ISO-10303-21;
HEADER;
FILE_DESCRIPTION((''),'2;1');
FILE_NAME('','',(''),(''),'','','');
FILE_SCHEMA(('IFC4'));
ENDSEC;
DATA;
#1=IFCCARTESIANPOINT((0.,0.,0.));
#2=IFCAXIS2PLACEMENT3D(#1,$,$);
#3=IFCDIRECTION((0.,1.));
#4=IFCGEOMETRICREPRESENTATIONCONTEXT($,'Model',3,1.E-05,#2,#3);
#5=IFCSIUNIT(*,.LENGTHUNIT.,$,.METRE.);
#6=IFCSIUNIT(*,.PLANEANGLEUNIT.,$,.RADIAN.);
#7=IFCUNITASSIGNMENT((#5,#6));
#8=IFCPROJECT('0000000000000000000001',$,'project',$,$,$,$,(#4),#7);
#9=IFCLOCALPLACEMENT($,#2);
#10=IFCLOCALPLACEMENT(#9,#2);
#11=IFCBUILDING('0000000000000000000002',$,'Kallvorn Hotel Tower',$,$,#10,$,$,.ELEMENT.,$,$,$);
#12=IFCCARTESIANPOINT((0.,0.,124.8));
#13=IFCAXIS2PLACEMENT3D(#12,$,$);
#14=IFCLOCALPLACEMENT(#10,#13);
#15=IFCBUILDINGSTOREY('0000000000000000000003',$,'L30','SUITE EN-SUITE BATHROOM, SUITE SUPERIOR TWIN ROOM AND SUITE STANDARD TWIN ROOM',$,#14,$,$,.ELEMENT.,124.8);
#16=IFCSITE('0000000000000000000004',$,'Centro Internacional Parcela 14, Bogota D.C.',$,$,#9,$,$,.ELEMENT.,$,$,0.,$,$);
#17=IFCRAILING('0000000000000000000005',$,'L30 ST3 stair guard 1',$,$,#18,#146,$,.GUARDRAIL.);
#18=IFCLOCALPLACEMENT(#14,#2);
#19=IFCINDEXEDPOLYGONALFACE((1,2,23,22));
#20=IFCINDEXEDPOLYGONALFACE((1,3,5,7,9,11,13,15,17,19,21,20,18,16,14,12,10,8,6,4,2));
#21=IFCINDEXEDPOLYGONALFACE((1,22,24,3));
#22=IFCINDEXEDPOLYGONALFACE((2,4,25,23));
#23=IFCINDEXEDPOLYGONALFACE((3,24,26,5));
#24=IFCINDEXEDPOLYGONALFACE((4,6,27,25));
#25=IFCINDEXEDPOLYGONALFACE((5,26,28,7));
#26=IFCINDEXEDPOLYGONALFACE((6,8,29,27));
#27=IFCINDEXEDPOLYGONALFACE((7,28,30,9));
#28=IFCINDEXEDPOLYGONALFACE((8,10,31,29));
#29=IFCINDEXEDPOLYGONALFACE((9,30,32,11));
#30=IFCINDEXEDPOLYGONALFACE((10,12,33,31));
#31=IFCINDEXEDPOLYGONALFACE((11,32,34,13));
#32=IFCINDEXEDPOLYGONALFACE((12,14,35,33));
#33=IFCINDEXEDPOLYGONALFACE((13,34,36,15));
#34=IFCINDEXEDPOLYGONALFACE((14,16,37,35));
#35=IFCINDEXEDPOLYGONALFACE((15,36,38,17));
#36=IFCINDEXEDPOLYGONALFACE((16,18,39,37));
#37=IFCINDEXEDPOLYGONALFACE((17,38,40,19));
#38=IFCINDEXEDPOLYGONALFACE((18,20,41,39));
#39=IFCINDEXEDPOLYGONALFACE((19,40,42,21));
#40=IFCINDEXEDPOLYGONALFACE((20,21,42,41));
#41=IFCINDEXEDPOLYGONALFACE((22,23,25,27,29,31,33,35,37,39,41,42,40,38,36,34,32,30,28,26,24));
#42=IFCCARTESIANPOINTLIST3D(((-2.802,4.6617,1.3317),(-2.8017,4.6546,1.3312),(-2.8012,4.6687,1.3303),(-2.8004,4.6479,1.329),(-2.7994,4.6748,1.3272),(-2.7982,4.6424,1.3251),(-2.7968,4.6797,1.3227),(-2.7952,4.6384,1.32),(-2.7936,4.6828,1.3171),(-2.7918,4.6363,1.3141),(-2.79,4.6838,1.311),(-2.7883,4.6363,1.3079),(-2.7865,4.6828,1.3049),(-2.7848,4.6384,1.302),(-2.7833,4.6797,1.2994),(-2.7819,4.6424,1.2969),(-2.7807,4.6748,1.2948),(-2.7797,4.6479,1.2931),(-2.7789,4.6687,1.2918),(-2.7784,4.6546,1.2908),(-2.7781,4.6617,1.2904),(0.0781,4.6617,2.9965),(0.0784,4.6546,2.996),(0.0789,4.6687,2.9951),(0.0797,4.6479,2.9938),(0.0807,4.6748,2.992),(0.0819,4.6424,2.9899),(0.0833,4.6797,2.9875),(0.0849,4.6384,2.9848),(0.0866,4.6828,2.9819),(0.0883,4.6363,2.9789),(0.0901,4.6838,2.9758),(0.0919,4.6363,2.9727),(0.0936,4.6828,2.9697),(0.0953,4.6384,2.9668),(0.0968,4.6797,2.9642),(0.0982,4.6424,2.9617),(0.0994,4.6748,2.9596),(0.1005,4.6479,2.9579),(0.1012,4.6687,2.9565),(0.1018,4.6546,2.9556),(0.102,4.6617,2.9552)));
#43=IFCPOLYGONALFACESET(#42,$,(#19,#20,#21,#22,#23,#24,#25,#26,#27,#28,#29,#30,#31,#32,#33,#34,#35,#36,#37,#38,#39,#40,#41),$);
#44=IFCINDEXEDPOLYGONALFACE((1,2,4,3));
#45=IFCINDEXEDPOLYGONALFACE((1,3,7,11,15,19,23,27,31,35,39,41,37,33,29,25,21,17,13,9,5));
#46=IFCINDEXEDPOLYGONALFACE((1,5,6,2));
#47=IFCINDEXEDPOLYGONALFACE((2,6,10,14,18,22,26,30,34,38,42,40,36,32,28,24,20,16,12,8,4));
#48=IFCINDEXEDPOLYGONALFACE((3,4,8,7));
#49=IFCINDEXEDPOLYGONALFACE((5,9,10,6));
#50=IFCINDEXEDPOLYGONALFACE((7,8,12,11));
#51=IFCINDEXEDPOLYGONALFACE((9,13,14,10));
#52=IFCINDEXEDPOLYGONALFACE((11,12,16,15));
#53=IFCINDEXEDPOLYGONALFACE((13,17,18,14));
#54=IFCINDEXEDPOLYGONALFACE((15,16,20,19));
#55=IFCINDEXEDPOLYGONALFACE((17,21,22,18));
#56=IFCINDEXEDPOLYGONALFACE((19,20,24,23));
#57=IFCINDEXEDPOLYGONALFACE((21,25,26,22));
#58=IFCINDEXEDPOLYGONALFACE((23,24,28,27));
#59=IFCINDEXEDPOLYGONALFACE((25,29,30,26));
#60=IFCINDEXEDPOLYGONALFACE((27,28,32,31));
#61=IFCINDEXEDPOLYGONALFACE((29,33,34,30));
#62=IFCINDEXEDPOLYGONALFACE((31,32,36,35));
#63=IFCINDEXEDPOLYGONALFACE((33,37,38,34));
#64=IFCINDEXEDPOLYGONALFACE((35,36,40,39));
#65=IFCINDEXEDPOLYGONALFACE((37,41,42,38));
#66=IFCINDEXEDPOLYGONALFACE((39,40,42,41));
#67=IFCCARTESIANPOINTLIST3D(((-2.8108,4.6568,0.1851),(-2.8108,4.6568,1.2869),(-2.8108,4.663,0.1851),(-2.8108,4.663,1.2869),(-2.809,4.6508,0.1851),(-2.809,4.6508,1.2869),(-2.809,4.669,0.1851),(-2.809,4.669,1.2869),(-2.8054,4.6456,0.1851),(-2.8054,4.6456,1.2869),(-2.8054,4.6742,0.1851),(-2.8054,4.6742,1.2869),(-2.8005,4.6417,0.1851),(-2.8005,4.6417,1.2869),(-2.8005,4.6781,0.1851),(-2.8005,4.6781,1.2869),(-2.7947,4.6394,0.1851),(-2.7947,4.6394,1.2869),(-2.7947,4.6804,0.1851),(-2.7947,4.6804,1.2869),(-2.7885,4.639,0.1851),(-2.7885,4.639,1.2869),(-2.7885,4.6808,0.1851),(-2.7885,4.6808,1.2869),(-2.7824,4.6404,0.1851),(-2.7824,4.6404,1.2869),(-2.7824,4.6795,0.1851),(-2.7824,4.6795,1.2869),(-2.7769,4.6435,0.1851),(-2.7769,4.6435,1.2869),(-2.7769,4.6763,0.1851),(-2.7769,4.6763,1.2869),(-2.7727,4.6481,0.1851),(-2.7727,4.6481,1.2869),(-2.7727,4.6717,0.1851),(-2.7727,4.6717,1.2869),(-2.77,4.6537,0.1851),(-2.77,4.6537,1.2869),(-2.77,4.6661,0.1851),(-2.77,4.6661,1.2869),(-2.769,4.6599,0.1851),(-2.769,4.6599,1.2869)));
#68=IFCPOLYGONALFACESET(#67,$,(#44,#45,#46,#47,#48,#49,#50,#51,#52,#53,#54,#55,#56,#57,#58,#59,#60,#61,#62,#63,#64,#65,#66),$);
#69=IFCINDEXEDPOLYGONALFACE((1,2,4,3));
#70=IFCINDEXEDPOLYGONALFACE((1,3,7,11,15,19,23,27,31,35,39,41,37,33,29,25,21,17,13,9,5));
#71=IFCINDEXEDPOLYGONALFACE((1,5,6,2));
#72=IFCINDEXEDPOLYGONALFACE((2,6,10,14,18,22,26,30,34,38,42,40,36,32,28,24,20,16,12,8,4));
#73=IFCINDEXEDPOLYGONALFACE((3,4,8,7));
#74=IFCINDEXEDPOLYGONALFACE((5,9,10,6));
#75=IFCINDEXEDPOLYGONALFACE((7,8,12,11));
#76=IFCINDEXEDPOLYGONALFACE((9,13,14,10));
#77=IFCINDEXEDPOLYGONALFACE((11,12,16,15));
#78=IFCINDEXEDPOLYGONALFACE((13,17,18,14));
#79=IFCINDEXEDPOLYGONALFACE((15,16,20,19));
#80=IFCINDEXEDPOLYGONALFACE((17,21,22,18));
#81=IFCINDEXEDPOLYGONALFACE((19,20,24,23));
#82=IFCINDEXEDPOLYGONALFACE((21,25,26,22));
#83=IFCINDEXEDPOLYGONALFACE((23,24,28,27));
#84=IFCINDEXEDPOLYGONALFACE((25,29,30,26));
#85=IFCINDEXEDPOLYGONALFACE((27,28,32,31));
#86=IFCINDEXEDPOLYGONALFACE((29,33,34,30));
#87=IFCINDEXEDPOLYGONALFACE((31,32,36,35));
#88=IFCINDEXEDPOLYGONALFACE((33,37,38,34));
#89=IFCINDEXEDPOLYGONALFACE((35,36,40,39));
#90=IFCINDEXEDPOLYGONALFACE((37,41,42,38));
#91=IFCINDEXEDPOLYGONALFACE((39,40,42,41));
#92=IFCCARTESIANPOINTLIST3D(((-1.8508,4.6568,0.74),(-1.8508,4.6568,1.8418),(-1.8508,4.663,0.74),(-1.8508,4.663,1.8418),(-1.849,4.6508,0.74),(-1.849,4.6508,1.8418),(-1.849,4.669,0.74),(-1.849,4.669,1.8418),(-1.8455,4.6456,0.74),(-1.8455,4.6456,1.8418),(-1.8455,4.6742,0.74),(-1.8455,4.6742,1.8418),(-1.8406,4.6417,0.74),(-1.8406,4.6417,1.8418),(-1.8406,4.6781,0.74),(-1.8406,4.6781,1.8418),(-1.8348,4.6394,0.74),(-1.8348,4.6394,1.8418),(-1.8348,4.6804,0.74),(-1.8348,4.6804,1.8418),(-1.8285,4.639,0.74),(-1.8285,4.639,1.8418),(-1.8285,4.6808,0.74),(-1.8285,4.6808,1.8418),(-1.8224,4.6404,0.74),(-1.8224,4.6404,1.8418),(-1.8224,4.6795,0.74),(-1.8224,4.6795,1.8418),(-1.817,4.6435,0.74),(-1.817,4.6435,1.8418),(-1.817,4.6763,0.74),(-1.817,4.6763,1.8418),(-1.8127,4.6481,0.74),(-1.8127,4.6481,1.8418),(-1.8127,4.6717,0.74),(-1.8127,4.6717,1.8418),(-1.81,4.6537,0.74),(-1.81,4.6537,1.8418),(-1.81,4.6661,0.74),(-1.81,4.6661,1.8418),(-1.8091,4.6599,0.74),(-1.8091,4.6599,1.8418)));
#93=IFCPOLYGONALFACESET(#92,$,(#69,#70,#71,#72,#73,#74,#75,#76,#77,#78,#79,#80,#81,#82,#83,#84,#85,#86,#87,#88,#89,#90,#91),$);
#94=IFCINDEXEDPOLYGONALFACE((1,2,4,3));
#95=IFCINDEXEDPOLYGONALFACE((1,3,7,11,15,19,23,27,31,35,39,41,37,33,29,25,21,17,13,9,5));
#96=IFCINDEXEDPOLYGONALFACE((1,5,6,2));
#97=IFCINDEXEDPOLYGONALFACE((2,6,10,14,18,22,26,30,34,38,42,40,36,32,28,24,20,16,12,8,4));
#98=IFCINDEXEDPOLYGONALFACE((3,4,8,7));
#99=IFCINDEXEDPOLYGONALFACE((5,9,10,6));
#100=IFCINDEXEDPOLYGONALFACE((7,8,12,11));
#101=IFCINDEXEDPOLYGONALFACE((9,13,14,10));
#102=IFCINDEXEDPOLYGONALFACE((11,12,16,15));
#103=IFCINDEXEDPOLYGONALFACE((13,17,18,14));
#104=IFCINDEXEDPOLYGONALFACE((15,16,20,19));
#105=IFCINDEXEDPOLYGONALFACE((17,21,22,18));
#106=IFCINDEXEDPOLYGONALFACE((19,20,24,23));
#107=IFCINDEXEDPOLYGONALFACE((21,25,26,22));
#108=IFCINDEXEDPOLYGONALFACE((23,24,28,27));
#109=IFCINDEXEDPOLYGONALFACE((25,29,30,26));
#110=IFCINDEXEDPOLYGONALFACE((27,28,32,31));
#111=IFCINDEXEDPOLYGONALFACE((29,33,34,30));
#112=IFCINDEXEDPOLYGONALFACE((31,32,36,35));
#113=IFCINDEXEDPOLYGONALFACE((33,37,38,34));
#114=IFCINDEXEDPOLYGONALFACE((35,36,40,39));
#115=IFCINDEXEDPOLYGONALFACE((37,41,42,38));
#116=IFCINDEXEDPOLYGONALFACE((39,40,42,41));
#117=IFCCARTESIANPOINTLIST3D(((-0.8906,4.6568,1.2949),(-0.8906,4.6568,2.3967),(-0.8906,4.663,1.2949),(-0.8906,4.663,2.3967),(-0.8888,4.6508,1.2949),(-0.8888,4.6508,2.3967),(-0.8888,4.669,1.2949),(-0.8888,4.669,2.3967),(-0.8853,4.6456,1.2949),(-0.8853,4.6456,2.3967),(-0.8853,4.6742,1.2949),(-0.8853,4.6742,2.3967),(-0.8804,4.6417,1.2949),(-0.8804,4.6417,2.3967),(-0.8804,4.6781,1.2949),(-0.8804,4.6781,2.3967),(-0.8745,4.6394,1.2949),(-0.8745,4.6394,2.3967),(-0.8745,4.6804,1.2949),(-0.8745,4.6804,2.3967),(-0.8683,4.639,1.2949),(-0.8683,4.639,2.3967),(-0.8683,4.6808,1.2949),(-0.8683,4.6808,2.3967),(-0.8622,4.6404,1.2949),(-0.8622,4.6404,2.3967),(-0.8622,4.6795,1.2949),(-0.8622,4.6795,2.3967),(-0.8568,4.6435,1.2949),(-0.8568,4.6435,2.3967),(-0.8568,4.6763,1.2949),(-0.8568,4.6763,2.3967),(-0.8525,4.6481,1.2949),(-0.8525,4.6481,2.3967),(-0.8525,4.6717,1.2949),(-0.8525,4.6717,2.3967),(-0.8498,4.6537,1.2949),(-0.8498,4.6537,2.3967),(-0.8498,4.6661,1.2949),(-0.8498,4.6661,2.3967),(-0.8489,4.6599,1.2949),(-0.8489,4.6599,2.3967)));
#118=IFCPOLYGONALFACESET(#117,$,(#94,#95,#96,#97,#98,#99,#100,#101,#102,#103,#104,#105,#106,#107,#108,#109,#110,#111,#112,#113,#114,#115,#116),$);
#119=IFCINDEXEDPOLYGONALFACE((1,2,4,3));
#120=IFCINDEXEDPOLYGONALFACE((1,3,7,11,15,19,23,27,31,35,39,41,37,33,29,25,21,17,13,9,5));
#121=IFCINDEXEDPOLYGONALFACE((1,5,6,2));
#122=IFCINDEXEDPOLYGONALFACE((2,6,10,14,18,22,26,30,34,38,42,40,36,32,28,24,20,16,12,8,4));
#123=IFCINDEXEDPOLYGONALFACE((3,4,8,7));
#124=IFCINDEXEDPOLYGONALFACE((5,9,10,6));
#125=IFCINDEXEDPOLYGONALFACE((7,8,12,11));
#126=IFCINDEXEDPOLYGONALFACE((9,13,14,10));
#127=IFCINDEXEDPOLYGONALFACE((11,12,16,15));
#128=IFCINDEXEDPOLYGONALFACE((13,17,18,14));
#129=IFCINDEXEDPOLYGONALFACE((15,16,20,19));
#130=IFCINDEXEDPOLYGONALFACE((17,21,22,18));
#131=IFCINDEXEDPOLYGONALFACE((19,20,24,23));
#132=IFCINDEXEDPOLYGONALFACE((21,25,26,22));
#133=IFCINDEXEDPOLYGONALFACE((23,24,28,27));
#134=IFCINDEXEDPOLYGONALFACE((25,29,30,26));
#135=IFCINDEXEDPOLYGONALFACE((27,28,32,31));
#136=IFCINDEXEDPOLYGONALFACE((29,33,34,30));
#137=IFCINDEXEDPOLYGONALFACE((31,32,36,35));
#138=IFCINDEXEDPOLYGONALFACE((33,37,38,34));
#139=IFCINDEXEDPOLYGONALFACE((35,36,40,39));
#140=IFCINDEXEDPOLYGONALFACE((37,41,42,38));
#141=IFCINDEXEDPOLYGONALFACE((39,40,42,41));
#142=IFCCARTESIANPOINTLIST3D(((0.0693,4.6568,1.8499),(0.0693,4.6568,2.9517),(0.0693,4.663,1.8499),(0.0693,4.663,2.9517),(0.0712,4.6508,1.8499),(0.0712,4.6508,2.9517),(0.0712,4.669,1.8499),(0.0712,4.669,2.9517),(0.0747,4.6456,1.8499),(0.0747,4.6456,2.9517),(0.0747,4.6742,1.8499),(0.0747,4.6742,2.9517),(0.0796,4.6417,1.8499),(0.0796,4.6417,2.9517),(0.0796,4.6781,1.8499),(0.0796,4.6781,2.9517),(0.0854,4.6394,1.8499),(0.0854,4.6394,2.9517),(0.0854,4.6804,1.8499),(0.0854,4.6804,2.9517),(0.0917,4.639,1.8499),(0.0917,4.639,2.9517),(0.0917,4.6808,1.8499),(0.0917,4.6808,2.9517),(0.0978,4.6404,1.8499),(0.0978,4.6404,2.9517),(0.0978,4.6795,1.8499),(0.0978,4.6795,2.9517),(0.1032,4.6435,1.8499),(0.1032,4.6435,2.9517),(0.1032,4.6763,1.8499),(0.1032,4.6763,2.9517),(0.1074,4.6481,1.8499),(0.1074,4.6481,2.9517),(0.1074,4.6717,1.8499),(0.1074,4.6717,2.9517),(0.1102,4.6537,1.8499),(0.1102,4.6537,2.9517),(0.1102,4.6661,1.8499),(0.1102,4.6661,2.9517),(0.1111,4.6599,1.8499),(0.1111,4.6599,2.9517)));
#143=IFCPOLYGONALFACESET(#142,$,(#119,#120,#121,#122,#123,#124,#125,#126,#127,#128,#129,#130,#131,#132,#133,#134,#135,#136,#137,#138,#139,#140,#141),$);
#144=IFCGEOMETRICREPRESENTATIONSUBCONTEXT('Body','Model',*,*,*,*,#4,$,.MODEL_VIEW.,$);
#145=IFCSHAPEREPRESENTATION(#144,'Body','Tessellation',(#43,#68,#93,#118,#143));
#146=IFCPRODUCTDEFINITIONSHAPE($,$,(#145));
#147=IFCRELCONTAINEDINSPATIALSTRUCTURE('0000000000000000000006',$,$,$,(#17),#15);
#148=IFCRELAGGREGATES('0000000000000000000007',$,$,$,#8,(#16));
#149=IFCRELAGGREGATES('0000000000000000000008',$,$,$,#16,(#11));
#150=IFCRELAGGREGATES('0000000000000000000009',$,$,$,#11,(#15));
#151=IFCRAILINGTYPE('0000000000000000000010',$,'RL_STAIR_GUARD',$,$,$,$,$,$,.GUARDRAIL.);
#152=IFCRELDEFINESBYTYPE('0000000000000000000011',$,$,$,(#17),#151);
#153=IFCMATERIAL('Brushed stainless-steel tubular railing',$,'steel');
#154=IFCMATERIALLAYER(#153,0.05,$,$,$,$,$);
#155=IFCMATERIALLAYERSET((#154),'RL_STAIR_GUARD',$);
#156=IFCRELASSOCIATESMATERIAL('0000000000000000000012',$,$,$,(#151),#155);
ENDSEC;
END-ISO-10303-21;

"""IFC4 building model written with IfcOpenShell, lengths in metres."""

from ifc_helpers import new_model, si_unit, direction, frame, origin, origin_2d, place, context, subcontext, project, spatial, circle, extrude, material, layer, layer_set, type_object, element, save


model = new_model("IFC4")

# Units and contexts
model_context = context("Model", 3, precision=1e-05, world=origin(), true_north=direction((0.0, 1.0)))
body_context = subcontext(model_context, "Body", "Model", "MODEL_VIEW")
ifc_project = project(units=[si_unit("LENGTHUNIT", "METRE"), si_unit("PLANEANGLEUNIT", "RADIAN")], contexts=[model_context])

# Site, building, storey
site_placement = place(None, origin())
site = spatial("IfcSite", under=ifc_project, at=site_placement, Name="Centro Internacional Parcela 14, Bogota D.C.", CompositionType="ELEMENT", RefElevation=0.0)
building_placement = place(site_placement, origin())
building = spatial("IfcBuilding", under=site, at=building_placement, Name="Kallvorn Hotel Tower", CompositionType="ELEMENT")
storey_placement = place(building_placement, frame((0.0, 0.0, 124.8)))
storey = spatial("IfcBuildingStorey", under=building, at=storey_placement, Name="L30", Description="SUITE EN-SUITE BATHROOM, SUITE SUPERIOR TWIN ROOM AND SUITE STANDARD TWIN ROOM", CompositionType="ELEMENT", Elevation=124.8)

# Railing
ifc_material_1 = material(Name="Brushed stainless-steel tubular railing", Category="steel")
ifc_layer_1 = layer(ifc_material_1, 0.05)
ifc_layer_set_1 = layer_set([ifc_layer_1], Name="RL_STAIR_GUARD")
railing_type_1 = type_object("IfcRailingType", Name="RL_STAIR_GUARD", PredefinedType="GUARDRAIL", material=ifc_layer_set_1)
railing_1_placement = place(storey_placement, frame((-2.79, 4.6599, 0.1851)))
element("IfcRailing", 1, at=railing_1_placement, inside=storey, type_object=railing_type_1, Name="L30 ST3 stair guard 1", PredefinedType="GUARDRAIL", context=body_context, shape_type="SweptSolid", body=[
    extrude(circle(Radius=0.0239, at=origin_2d()), frame((0.0, 0.0, 1.126), z_axis=(0.865771, 0.0, 0.50044), x_axis=(0.0, 1.0, 0.0)), (0.0, 0.0, 1.0), 3.3267),
    extrude(circle(Radius=0.021, at=origin_2d()), origin(), (0.0, 0.0, 1.0), 1.1018),
    extrude(circle(Radius=0.021, at=origin_2d()), frame((0.96, 0.0, 0.5549)), (0.0, 0.0, 1.0), 1.1018),
    extrude(circle(Radius=0.021, at=origin_2d()), frame((1.9202, 0.0, 1.1099)), (0.0, 0.0, 1.0), 1.1018),
    extrude(circle(Radius=0.021, at=origin_2d()), frame((2.8801, 0.0, 1.6648)), (0.0, 0.0, 1.0), 1.1018),
])

save(model, "model.ifc")
